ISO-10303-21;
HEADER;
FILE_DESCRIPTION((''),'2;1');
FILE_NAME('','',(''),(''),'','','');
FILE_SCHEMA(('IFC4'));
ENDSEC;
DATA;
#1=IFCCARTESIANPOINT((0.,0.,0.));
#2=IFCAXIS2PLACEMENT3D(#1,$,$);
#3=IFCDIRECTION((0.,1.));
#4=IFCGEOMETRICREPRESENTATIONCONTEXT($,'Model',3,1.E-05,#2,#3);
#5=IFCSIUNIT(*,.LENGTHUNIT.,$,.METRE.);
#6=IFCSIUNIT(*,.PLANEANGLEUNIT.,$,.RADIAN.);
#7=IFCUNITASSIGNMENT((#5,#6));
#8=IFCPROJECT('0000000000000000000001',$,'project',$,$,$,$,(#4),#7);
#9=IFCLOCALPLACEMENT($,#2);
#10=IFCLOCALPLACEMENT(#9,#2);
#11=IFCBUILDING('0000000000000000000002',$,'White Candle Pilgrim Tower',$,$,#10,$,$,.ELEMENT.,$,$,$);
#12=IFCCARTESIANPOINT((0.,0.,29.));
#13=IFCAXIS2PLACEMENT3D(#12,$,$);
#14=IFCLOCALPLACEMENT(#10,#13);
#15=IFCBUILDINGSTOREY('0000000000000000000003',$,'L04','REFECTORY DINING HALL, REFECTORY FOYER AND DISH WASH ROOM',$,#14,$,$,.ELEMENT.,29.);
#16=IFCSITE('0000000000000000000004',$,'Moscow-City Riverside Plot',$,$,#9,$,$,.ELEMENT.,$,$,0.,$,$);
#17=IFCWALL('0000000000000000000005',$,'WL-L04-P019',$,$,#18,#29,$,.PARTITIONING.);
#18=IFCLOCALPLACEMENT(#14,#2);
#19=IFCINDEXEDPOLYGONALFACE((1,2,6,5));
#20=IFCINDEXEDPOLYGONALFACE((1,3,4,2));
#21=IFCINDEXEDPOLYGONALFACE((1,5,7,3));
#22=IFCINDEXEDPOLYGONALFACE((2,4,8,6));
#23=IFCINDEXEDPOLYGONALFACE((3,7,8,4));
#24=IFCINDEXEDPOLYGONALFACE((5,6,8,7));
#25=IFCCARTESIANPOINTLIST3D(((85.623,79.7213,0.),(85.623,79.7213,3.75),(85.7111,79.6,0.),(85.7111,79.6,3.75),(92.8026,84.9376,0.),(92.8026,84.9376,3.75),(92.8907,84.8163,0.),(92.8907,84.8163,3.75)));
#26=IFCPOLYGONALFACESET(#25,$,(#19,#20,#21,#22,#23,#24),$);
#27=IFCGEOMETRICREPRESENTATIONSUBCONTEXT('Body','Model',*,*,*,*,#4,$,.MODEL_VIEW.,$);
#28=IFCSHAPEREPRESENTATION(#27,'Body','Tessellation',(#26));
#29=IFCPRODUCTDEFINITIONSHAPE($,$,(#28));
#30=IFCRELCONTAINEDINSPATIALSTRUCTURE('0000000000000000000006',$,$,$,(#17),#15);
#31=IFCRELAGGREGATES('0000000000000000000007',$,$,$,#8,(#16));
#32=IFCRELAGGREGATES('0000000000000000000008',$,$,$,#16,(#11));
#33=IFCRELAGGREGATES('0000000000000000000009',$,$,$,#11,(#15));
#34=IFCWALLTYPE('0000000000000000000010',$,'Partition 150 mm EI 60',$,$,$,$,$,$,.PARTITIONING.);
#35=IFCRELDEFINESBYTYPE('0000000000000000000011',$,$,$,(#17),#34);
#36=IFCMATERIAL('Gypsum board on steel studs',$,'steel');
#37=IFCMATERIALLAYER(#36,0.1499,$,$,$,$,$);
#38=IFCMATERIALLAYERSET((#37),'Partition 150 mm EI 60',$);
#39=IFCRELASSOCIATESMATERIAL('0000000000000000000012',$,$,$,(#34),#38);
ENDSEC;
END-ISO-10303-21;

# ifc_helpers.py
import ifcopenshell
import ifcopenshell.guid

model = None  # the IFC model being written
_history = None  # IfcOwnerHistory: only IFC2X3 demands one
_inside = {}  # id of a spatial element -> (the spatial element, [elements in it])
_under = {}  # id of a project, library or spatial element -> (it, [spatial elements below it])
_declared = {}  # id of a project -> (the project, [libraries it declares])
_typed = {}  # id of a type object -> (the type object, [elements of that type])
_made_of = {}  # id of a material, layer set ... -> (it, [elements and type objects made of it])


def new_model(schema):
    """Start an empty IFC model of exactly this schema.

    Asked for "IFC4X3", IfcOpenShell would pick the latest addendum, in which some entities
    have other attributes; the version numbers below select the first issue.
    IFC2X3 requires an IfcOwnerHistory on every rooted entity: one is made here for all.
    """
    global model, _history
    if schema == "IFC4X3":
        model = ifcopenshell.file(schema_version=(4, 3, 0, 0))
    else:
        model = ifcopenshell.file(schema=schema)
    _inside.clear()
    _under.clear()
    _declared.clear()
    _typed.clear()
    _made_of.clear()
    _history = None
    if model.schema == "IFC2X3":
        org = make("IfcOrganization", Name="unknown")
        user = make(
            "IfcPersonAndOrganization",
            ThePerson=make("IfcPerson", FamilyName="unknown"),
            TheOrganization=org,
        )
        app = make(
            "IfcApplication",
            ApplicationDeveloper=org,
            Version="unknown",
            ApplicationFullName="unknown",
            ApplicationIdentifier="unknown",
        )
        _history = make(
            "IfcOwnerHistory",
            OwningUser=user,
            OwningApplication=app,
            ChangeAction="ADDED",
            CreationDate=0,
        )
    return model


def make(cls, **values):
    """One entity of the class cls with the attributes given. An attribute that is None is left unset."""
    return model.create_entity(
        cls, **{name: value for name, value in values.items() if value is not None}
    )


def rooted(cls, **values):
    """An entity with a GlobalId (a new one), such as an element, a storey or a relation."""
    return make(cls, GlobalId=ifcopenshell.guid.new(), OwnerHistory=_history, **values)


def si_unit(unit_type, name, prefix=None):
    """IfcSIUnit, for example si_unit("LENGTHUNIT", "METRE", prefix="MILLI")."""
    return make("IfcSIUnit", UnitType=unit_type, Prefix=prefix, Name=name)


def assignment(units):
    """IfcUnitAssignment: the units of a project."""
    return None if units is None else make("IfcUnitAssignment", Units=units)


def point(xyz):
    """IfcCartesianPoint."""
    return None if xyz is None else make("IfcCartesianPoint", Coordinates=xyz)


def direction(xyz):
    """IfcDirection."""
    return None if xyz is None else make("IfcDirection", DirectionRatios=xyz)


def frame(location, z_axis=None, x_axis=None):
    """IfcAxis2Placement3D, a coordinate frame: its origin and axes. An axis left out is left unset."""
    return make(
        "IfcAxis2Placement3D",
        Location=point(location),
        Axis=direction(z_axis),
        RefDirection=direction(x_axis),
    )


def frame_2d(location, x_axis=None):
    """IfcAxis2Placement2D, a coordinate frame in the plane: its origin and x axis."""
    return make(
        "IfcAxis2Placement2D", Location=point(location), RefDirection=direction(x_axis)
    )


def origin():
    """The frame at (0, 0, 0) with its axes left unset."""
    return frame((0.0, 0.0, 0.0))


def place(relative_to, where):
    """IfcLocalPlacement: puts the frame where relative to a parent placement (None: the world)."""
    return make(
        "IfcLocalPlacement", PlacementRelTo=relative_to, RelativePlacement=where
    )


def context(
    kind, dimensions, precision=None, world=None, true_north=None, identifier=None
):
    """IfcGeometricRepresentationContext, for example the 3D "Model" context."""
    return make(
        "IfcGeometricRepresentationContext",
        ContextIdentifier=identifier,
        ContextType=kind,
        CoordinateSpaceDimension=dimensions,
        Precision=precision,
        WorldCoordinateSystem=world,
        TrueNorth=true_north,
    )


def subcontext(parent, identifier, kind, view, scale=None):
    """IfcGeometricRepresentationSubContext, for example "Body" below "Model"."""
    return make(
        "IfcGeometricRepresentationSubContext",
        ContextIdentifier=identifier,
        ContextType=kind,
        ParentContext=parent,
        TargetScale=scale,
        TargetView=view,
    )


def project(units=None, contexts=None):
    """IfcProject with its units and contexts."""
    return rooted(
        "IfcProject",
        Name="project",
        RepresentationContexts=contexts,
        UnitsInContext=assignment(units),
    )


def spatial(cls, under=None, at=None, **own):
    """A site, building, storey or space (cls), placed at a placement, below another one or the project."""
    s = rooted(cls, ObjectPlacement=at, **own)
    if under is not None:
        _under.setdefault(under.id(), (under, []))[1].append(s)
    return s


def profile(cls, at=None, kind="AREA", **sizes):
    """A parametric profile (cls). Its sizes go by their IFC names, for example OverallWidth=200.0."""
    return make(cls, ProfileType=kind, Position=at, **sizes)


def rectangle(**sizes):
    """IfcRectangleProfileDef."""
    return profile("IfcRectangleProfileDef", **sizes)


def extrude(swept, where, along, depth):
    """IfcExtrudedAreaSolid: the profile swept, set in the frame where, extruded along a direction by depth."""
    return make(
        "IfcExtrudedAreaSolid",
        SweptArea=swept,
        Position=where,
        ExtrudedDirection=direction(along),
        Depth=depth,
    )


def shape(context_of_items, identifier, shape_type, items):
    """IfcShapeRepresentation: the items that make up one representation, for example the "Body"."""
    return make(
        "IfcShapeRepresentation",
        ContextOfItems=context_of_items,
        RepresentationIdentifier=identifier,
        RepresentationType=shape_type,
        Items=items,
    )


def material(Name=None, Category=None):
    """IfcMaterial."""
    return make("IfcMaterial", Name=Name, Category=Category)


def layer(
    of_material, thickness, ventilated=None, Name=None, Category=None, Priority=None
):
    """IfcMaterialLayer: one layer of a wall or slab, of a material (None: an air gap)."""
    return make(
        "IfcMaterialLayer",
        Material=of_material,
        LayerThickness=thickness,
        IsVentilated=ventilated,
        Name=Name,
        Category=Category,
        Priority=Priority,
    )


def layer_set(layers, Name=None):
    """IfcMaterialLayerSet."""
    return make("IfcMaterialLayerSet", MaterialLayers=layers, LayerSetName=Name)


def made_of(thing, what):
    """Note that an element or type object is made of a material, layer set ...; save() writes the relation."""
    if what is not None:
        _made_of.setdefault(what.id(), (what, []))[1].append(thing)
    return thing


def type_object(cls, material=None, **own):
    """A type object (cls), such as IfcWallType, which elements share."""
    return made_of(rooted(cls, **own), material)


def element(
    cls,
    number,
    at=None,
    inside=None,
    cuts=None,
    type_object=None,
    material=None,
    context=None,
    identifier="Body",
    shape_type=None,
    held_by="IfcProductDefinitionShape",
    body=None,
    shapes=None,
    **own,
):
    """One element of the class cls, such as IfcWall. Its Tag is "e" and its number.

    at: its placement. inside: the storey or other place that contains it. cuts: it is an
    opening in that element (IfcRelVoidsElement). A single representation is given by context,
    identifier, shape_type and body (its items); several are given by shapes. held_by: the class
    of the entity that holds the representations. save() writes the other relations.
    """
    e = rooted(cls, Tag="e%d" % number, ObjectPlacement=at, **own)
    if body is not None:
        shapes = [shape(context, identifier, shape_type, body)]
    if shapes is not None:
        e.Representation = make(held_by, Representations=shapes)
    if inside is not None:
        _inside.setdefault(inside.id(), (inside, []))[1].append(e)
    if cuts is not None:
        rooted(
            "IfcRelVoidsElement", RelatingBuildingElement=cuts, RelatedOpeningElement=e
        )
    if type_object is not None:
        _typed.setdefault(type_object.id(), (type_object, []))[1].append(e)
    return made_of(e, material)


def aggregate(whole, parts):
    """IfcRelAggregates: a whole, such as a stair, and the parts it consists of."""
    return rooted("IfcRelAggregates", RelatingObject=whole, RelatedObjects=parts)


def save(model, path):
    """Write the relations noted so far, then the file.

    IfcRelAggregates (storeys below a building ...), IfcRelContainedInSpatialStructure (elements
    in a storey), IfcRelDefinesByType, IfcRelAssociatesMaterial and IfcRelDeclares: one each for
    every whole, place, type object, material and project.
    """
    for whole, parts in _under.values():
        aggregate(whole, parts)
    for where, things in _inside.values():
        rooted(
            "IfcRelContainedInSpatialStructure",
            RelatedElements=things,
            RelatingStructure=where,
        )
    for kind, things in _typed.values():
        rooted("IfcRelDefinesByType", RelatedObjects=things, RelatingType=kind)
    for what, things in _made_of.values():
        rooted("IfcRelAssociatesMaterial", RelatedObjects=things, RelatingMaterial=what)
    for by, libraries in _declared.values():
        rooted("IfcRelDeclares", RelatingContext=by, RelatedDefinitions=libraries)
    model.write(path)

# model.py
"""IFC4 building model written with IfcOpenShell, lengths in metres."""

from ifc_helpers import new_model, si_unit, direction, frame, frame_2d, origin, place, context, subcontext, project, spatial, rectangle, extrude, material, layer, layer_set, type_object, element, save


model = new_model("IFC4")

# Units and contexts
model_context = context("Model", 3, precision=1e-05, world=origin(), true_north=direction((0.0, 1.0)))
body_context = subcontext(model_context, "Body", "Model", "MODEL_VIEW")
ifc_project = project(units=[si_unit("LENGTHUNIT", "METRE"), si_unit("PLANEANGLEUNIT", "RADIAN")], contexts=[model_context])

# Site, building, storey
site_placement = place(None, origin())
site = spatial("IfcSite", under=ifc_project, at=site_placement, Name="Moscow-City Riverside Plot", CompositionType="ELEMENT", RefElevation=0.0)
building_placement = place(site_placement, origin())
building = spatial("IfcBuilding", under=site, at=building_placement, Name="White Candle Pilgrim Tower", CompositionType="ELEMENT")
storey_placement = place(building_placement, frame((0.0, 0.0, 29.0)))
storey = spatial("IfcBuildingStorey", under=building, at=storey_placement, Name="L04", Description="REFECTORY DINING HALL, REFECTORY FOYER AND DISH WASH ROOM", CompositionType="ELEMENT", Elevation=29.0)

# Shared definitions
ifc_material_1 = material(Name="Gypsum board on steel studs", Category="steel")

# Wall
ifc_layer_1 = layer(ifc_material_1, 0.1499)
ifc_layer_set_1 = layer_set([ifc_layer_1], Name="Partition 150 mm EI 60")
wall_type_1 = type_object("IfcWallType", Name="Partition 150 mm EI 60", PredefinedType="PARTITIONING", material=ifc_layer_set_1)
wall_1_placement = place(storey_placement, frame((92.8467, 84.877, 0.0), z_axis=(0.0, 0.0, 1.0), x_axis=(-0.809019, -0.587782, 0.0)))
element("IfcWall", 1, at=wall_1_placement, inside=storey, type_object=wall_type_1, Name="WL-L04-P019", PredefinedType="PARTITIONING", context=body_context, shape_type="SweptSolid", body=[
    extrude(rectangle(XDim=8.8745, YDim=0.1499, at=frame_2d((4.4373, 0.0))), origin(), (0.0, 0.0, 1.0), 3.75),
])

save(model, "model.ifc")
